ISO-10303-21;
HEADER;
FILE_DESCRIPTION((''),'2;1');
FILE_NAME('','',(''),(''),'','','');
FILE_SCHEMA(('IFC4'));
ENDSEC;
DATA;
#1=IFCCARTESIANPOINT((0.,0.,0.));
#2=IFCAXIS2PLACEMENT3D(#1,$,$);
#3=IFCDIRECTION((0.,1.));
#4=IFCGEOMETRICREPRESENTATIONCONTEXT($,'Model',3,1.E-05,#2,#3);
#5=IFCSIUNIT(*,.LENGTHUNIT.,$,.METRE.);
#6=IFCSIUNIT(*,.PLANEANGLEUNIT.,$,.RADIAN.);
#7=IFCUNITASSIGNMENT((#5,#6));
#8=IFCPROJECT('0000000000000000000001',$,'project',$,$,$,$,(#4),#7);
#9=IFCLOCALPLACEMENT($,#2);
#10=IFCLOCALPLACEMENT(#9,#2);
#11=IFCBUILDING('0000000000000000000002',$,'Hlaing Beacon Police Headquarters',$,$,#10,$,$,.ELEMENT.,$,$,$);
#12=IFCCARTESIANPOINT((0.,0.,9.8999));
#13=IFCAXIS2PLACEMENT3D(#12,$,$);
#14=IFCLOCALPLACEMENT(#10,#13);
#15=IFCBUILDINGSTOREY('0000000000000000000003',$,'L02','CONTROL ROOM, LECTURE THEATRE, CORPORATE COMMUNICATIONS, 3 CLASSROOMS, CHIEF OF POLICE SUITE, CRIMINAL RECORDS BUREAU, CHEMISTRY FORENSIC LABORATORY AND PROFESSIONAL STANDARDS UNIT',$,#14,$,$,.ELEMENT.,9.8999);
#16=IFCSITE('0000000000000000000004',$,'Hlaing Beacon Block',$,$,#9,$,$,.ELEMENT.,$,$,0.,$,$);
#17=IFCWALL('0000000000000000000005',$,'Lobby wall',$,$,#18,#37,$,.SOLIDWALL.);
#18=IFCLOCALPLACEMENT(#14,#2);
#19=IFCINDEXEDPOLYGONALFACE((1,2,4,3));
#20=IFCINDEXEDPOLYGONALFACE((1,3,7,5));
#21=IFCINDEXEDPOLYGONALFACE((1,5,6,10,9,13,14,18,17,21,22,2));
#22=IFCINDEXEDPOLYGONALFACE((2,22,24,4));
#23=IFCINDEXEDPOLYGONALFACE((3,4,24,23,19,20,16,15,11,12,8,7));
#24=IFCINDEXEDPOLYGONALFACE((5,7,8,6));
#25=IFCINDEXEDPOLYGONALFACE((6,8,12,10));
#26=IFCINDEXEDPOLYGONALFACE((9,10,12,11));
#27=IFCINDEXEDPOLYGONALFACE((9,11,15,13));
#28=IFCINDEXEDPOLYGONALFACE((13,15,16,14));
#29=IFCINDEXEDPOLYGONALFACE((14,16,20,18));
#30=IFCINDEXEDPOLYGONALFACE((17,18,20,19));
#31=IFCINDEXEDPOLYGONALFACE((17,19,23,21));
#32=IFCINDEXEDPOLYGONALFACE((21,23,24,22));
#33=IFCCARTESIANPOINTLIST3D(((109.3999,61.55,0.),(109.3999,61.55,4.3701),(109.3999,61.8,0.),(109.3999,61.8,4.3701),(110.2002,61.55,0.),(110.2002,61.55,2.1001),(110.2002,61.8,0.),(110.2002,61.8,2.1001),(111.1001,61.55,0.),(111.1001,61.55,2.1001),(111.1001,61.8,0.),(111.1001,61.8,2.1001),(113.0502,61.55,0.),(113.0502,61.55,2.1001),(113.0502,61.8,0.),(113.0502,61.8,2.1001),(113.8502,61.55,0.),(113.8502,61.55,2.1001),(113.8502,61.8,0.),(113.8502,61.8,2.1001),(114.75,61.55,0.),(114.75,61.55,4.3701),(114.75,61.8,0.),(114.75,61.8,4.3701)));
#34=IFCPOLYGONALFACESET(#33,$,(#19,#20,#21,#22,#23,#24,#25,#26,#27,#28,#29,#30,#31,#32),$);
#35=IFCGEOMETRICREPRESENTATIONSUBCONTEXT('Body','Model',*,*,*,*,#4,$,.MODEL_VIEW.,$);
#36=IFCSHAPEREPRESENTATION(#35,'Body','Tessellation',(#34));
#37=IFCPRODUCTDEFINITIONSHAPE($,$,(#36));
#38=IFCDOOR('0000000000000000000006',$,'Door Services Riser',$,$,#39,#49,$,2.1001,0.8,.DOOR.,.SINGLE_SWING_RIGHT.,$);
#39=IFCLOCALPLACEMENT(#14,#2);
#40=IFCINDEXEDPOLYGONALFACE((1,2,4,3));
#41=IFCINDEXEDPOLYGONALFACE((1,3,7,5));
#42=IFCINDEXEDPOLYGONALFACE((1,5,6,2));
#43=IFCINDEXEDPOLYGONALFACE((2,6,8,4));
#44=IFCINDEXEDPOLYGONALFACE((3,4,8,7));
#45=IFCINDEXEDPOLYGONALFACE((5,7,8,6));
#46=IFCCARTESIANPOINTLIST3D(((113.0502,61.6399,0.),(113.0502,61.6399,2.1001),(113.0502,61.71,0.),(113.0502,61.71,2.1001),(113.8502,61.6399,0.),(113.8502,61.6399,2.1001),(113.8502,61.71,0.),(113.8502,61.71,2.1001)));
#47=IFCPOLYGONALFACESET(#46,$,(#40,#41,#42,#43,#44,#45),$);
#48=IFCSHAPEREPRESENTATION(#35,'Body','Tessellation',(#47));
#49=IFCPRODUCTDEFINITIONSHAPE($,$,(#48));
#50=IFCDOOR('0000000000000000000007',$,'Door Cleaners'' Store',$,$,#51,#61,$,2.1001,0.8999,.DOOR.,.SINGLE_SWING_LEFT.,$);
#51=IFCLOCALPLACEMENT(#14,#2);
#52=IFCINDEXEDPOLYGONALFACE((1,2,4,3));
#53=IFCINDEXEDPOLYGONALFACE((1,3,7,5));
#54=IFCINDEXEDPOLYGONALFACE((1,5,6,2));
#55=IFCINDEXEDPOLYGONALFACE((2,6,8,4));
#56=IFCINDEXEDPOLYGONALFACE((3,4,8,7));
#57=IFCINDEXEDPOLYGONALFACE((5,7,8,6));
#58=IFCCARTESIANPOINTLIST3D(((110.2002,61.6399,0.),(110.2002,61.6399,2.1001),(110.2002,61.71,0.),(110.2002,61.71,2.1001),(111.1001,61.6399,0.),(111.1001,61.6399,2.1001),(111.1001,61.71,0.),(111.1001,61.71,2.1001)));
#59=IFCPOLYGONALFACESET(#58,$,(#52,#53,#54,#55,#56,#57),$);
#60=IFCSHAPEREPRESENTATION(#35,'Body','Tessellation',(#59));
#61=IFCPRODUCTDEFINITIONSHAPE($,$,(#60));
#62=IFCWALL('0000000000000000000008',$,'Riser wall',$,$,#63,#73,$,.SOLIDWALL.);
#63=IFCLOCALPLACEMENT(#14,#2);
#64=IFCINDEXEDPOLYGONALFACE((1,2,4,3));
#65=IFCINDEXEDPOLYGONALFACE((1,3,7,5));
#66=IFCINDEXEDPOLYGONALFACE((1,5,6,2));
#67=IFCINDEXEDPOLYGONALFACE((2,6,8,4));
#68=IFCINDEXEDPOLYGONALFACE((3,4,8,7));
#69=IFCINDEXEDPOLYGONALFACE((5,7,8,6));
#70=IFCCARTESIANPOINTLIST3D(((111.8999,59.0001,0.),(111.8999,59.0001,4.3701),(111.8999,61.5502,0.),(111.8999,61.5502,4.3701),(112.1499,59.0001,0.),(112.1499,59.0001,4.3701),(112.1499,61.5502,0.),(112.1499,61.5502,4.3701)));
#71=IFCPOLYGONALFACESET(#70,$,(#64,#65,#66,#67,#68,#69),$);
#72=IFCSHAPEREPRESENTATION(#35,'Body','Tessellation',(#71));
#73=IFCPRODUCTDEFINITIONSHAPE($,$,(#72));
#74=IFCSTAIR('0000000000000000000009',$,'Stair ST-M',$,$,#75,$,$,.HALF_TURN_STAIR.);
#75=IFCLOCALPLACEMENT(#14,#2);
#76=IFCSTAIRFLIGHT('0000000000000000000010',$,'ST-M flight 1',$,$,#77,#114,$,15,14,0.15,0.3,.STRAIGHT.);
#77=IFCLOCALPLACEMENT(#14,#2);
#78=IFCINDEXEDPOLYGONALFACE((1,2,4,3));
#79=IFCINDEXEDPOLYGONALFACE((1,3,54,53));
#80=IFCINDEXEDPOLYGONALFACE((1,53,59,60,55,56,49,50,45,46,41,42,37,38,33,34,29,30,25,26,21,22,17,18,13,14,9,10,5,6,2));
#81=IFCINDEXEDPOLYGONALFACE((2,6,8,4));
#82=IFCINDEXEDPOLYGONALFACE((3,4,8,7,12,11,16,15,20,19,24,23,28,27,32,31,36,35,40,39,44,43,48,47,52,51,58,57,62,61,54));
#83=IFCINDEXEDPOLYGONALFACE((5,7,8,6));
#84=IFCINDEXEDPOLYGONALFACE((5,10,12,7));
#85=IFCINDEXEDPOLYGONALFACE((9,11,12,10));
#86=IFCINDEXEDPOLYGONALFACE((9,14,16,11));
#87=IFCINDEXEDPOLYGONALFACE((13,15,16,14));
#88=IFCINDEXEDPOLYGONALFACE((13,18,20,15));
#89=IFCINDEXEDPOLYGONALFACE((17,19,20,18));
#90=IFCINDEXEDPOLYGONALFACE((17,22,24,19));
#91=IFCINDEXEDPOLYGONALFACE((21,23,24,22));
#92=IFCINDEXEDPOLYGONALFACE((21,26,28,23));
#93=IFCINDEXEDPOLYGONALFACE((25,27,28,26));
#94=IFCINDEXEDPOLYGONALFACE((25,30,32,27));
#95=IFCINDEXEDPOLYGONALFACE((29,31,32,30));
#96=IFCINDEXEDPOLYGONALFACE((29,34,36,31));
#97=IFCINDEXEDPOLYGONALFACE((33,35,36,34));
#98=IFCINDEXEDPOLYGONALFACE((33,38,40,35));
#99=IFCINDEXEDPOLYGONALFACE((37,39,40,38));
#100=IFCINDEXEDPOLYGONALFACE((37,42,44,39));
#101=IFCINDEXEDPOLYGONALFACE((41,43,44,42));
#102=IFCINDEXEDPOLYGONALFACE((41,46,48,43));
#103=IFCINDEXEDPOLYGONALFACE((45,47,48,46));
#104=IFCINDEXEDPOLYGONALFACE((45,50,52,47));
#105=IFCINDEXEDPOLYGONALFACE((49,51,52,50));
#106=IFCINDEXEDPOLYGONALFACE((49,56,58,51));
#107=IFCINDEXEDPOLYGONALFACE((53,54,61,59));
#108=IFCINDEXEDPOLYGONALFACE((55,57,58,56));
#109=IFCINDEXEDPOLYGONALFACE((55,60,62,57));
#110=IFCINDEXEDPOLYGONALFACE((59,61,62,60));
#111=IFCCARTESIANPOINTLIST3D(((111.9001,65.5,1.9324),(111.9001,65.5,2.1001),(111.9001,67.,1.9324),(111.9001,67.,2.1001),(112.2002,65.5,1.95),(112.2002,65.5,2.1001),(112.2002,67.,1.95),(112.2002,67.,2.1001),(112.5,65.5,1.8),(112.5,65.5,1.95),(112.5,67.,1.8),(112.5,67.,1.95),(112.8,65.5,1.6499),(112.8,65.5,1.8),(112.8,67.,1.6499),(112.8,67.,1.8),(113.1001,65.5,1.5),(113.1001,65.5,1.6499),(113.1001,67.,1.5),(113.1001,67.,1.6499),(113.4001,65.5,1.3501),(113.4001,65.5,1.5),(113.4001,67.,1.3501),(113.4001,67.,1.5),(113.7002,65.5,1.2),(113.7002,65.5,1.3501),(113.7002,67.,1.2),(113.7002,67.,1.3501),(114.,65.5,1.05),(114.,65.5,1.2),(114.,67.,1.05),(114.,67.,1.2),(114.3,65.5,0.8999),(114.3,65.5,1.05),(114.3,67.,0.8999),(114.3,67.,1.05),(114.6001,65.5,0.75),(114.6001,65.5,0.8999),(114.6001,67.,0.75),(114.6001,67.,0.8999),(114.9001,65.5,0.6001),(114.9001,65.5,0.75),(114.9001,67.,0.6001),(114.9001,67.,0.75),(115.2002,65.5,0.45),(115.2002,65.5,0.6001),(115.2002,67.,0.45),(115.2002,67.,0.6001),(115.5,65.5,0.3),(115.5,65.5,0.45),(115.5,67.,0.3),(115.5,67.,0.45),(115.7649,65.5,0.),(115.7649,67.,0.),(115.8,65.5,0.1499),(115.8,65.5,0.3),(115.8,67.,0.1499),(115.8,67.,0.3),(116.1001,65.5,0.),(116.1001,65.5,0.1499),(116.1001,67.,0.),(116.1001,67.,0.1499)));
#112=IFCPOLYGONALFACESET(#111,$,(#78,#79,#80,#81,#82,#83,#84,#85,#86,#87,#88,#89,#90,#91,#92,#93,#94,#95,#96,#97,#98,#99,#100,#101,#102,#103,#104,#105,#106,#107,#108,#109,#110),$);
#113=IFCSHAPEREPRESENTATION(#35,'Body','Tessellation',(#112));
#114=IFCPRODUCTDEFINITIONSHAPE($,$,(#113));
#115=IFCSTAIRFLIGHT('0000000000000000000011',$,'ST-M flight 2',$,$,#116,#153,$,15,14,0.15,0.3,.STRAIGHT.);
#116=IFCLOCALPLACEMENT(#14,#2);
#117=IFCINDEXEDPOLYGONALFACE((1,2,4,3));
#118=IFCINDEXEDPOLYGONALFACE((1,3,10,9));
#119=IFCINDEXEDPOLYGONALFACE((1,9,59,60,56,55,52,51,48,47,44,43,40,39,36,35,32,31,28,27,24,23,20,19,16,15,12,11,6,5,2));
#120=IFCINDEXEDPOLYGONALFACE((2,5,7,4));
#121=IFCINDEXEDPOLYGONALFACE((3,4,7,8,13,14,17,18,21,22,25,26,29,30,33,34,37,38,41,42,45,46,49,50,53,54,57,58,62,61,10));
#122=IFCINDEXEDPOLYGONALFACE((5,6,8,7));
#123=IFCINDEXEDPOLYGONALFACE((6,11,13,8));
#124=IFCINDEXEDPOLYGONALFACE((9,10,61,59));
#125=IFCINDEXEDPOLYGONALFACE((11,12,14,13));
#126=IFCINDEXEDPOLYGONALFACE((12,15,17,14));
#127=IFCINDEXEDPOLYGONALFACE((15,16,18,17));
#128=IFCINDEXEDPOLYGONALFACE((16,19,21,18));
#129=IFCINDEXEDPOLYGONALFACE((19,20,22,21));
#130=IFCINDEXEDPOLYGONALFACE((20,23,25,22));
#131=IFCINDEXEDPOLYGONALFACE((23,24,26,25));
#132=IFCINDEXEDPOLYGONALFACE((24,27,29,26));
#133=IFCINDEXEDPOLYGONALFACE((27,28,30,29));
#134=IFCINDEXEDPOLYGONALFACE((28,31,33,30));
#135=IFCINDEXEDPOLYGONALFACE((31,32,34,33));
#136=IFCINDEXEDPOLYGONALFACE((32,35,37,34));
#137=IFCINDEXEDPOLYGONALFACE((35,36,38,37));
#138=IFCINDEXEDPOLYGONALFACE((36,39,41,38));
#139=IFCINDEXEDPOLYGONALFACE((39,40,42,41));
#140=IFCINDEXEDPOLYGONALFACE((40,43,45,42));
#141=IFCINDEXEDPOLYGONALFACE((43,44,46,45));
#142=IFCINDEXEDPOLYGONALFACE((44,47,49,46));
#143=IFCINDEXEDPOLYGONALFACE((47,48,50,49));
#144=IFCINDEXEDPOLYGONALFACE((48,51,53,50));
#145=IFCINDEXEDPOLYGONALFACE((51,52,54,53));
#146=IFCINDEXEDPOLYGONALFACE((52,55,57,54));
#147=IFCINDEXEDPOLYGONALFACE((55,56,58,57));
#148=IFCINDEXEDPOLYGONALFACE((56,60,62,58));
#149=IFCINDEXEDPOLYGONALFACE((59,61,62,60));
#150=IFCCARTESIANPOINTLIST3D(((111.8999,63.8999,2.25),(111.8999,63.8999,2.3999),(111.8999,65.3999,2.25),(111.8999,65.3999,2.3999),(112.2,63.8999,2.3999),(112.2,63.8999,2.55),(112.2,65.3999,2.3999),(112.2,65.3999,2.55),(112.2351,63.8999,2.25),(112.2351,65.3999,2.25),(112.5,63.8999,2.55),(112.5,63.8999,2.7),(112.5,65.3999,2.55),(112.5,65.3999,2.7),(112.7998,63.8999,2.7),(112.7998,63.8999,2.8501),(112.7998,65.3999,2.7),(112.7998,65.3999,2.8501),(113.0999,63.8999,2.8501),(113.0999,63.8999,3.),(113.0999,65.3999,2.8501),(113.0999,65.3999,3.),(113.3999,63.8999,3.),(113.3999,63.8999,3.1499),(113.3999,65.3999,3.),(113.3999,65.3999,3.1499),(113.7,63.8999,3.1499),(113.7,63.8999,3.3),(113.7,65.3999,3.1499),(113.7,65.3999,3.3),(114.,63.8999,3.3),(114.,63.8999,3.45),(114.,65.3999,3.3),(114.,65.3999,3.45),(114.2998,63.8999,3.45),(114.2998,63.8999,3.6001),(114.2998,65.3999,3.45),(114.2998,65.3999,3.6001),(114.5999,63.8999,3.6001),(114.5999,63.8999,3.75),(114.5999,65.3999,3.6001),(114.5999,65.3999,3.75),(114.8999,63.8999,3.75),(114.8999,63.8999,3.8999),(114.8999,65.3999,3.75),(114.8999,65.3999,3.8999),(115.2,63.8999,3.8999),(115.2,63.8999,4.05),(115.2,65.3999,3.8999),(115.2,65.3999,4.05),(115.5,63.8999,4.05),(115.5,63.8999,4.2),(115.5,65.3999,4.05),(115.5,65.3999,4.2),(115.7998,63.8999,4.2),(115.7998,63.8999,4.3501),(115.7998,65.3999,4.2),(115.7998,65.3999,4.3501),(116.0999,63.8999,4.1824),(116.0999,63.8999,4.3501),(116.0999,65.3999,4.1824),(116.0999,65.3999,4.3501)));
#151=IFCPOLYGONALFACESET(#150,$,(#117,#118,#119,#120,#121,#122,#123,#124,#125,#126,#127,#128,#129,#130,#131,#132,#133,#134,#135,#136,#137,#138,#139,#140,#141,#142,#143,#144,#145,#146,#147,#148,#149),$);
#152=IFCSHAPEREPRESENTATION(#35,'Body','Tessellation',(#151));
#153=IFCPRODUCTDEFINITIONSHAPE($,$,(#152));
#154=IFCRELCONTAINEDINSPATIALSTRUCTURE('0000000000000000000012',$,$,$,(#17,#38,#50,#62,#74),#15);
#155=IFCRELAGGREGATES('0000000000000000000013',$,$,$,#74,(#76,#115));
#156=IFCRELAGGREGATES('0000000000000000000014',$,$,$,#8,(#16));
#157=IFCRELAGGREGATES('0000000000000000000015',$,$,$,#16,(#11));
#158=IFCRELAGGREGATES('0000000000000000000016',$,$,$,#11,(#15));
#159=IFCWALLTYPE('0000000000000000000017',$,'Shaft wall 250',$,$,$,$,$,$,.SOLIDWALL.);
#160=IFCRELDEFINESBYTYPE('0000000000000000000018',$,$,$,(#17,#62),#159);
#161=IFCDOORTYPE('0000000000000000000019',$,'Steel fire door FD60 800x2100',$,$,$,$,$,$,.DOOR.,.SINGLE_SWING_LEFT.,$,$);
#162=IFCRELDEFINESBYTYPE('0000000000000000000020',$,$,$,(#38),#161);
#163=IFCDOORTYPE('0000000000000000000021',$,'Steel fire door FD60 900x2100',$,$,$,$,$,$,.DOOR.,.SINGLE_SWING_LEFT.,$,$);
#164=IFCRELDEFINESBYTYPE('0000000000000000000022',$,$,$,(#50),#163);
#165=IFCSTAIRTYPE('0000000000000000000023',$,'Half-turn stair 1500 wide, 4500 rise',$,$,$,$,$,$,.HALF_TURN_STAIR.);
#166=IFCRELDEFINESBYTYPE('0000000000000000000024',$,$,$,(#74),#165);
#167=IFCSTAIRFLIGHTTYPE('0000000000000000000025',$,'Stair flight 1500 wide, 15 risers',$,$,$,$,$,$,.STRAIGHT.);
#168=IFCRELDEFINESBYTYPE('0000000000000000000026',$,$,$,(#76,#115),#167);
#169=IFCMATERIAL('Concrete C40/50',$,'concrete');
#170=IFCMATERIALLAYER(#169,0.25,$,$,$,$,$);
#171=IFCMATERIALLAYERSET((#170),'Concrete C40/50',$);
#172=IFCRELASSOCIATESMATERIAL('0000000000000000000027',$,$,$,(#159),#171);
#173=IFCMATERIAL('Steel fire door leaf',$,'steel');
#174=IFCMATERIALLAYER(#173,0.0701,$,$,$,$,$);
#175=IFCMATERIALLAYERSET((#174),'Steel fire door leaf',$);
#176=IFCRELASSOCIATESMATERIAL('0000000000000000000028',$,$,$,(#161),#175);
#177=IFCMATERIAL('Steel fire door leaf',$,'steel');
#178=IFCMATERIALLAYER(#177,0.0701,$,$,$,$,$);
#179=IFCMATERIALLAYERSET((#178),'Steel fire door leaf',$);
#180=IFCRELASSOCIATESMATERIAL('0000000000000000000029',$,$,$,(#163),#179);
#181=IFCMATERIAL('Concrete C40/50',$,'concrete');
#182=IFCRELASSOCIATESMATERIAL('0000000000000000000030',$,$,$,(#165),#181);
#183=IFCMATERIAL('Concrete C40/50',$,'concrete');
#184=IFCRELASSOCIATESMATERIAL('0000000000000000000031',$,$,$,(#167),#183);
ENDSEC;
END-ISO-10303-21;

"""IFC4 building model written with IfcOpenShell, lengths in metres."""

from ifc_helpers import new_model, si_unit, direction, frame, frame_2d, origin, place, context, subcontext, project, spatial, polyline, rectangle, outline, extrude, material, layer, layer_set, type_object, element, fill, aggregate, save


model = new_model("IFC4")

# Units and contexts
model_context = context("Model", 3, precision=1e-05, world=origin(), true_north=direction((0.0, 1.0)))
body_context = subcontext(model_context, "Body", "Model", "MODEL_VIEW")
ifc_project = project(units=[si_unit("LENGTHUNIT", "METRE"), si_unit("PLANEANGLEUNIT", "RADIAN")], contexts=[model_context])

# Site, building, storey
site_placement = place(None, origin())
site = spatial("IfcSite", under=ifc_project, at=site_placement, Name="Hlaing Beacon Block", CompositionType="ELEMENT", RefElevation=0.0)
building_placement = place(site_placement, origin())
building = spatial("IfcBuilding", under=site, at=building_placement, Name="Hlaing Beacon Police Headquarters", CompositionType="ELEMENT")
storey_placement = place(building_placement, frame((0.0, 0.0, 9.8999)))
storey = spatial("IfcBuildingStorey", under=building, at=storey_placement, Name="L02", Description="CONTROL ROOM, LECTURE THEATRE, CORPORATE COMMUNICATIONS, 3 CLASSROOMS, CHIEF OF POLICE SUITE, CRIMINAL RECORDS BUREAU, CHEMISTRY FORENSIC LABORATORY AND PROFESSIONAL STANDARDS UNIT", CompositionType="ELEMENT", Elevation=9.8999)

# Shared definitions
ifc_material_1 = material(Name="Concrete C40/50", Category="concrete")
ifc_layer_1 = layer(ifc_material_1, 0.25)
ifc_layer_set_1 = layer_set([ifc_layer_1], Name="Concrete C40/50")
wall_type_1 = type_object("IfcWallType", Name="Shaft wall 250", PredefinedType="SOLIDWALL", material=ifc_layer_set_1)

# Wall, openings, doors
wall_1_placement = place(storey_placement, frame((114.75, 61.675, 0.0), z_axis=(0.0, 0.0, 1.0), x_axis=(-1.0, 0.0, 0.0)))
wall_1 = element("IfcWall", 1, at=wall_1_placement, inside=storey, type_object=wall_type_1, Name="Lobby wall", PredefinedType="SOLIDWALL", context=body_context, shape_type="SweptSolid", body=[
    extrude(rectangle(XDim=5.3501, YDim=0.25, at=frame_2d((2.675, 0.0))), origin(), (0.0, 0.0, 1.0), 4.3701),
])
opening_1_placement = place(wall_1_placement, frame((3.6499, 0.0, 0.0)))
opening_1 = element("IfcOpeningElement", 2, at=opening_1_placement, cuts=wall_1, PredefinedType="OPENING", context=body_context, shape_type="SweptSolid", body=[
    extrude(rectangle(XDim=0.8999, YDim=2.1001, at=frame_2d((0.45, 1.05))), frame((0.0, 0.135, 0.0), z_axis=(0.0, -1.0, 0.0), x_axis=(1.0, 0.0, 0.0)), (0.0, 0.0, 1.0), 0.27),
])
opening_2_placement = place(wall_1_placement, frame((0.8999, 0.0, 0.0)))
opening_2 = element("IfcOpeningElement", 3, at=opening_2_placement, cuts=wall_1, PredefinedType="OPENING", context=body_context, shape_type="SweptSolid", body=[
    extrude(rectangle(XDim=0.8, YDim=2.1001, at=frame_2d((0.3999, 1.05))), frame((0.0, 0.135, 0.0), z_axis=(0.0, -1.0, 0.0), x_axis=(1.0, 0.0, 0.0)), (0.0, 0.0, 1.0), 0.27),
])
ifc_material_2 = material(Name="Steel fire door leaf", Category="steel")
ifc_layer_2 = layer(ifc_material_2, 0.0701)
ifc_layer_set_2 = layer_set([ifc_layer_2], Name="Steel fire door leaf")
door_type_1 = type_object("IfcDoorType", Name="Steel fire door FD60 800x2100", OperationType="SINGLE_SWING_LEFT", PredefinedType="DOOR", material=ifc_layer_set_2)
door_1_placement = place(opening_2_placement, origin())
door_1 = element("IfcDoor", 4, at=door_1_placement, inside=storey, type_object=door_type_1, Name="Door Services Riser", OperationType="SINGLE_SWING_RIGHT", OverallHeight=2.1001, OverallWidth=0.8, PredefinedType="DOOR", context=body_context, shape_type="SweptSolid", body=[
    extrude(rectangle(XDim=0.8, YDim=2.1001, at=frame_2d((0.3999, 1.05))), frame((0.0, 0.0352, 0.0), z_axis=(0.0, -1.0, 0.0), x_axis=(1.0, 0.0, 0.0)), (0.0, 0.0, 1.0), 0.0701),
])
fill(opening_2, door_1)
ifc_material_3 = material(Name="Steel fire door leaf", Category="steel")
ifc_layer_3 = layer(ifc_material_3, 0.0701)
ifc_layer_set_3 = layer_set([ifc_layer_3], Name="Steel fire door leaf")
door_type_2 = type_object("IfcDoorType", Name="Steel fire door FD60 900x2100", OperationType="SINGLE_SWING_LEFT", PredefinedType="DOOR", material=ifc_layer_set_3)
door_2_placement = place(opening_1_placement, origin())
door_2 = element("IfcDoor", 5, at=door_2_placement, inside=storey, type_object=door_type_2, Name="Door Cleaners' Store", OperationType="SINGLE_SWING_LEFT", OverallHeight=2.1001, OverallWidth=0.8999, PredefinedType="DOOR", context=body_context, shape_type="SweptSolid", body=[
    extrude(rectangle(XDim=0.8999, YDim=2.1001, at=frame_2d((0.45, 1.05))), frame((0.0, 0.0352, 0.0), z_axis=(0.0, -1.0, 0.0), x_axis=(1.0, 0.0, 0.0)), (0.0, 0.0, 1.0), 0.0701),
])
fill(opening_1, door_2)

# Wall
wall_2_placement = place(storey_placement, frame((112.0249, 61.55, 0.0), z_axis=(0.0, 0.0, 1.0), x_axis=(0.0, -1.0, 0.0)))
element("IfcWall", 6, at=wall_2_placement, inside=storey, type_object=wall_type_1, Name="Riser wall", PredefinedType="SOLIDWALL", context=body_context, shape_type="SweptSolid", body=[
    extrude(rectangle(XDim=2.55, YDim=0.25, at=frame_2d((1.2749, 0.0))), origin(), (0.0, 0.0, 1.0), 4.3701),
])

# Stair, stair flights
ifc_material_4 = material(Name="Concrete C40/50", Category="concrete")
stair_type = type_object("IfcStairType", Name="Half-turn stair 1500 wide, 4500 rise", PredefinedType="HALF_TURN_STAIR", material=ifc_material_4)
stair_placement = place(storey_placement, origin())
stair = element("IfcStair", 7, at=stair_placement, inside=storey, type_object=stair_type, Name="Stair ST-M", PredefinedType="HALF_TURN_STAIR")
ifc_material_5 = material(Name="Concrete C40/50", Category="concrete")
stair_flight_type = type_object("IfcStairFlightType", Name="Stair flight 1500 wide, 15 risers", PredefinedType="STRAIGHT", material=ifc_material_5)
stair_flight_1_placement = place(storey_placement, frame((116.1001, 66.25, 0.0), z_axis=(0.0, 0.0, 1.0), x_axis=(-1.0, 0.0, 0.0)))
stair_flight_1 = element("IfcStairFlight", 8, at=stair_flight_1_placement, type_object=stair_flight_type, Name="ST-M flight 1", NumberOfRisers=15, NumberOfTreads=14, PredefinedType="STRAIGHT", RiserHeight=0.15, TreadLength=0.3, context=body_context, shape_type="SweptSolid", body=[
    extrude(outline(polyline([(0.0, 0.0), (0.0, 0.1499), (0.3, 0.1499), (0.3, 0.3), (0.6001, 0.3), (0.6001, 0.45), (0.8999, 0.45), (0.8999, 0.6001), (1.2, 0.6001), (1.2, 0.75), (1.5, 0.75), (1.5, 0.8999), (1.8, 0.8999), (1.8, 1.05), (2.1001, 1.05), (2.1001, 1.2), (2.3999, 1.2), (2.3999, 1.3501), (2.7, 1.3501), (2.7, 1.5), (3.0, 1.5), (3.0, 1.6499), (3.3, 1.6499), (3.3, 1.8), (3.6001, 1.8), (3.6001, 1.95), (3.8999, 1.95), (3.8999, 2.1001), (4.2, 2.1001), (4.2, 2.25), (4.2, 1.9324), (0.3352, 0.0), (0.0, 0.0)])), frame((0.0, 0.75, 0.0), z_axis=(0.0, -1.0, 0.0), x_axis=(1.0, 0.0, 0.0)), (0.0, 0.0, 1.0), 1.5),
])
stair_flight_2_placement = place(storey_placement, frame((111.8999, 64.6499, 2.25), z_axis=(0.0, 0.0, 1.0), x_axis=(1.0, 0.0, 0.0)))
stair_flight_2 = element("IfcStairFlight", 9, at=stair_flight_2_placement, type_object=stair_flight_type, Name="ST-M flight 2", NumberOfRisers=15, NumberOfTreads=14, PredefinedType="STRAIGHT", RiserHeight=0.15, TreadLength=0.3, context=body_context, shape_type="SweptSolid", body=[
    extrude(outline(polyline([(0.0, 0.0), (0.0, 0.1499), (0.3, 0.1499), (0.3, 0.3), (0.6001, 0.3), (0.6001, 0.45), (0.8999, 0.45), (0.8999, 0.6001), (1.2, 0.6001), (1.2, 0.75), (1.5, 0.75), (1.5, 0.8999), (1.8, 0.8999), (1.8, 1.05), (2.1001, 1.05), (2.1001, 1.2), (2.3999, 1.2), (2.3999, 1.3501), (2.7, 1.3501), (2.7, 1.5), (3.0, 1.5), (3.0, 1.6499), (3.3, 1.6499), (3.3, 1.8), (3.6001, 1.8), (3.6001, 1.95), (3.8999, 1.95), (3.8999, 2.1001), (4.2, 2.1001), (4.2, 2.25), (4.2, 1.9324), (0.3352, 0.0), (0.0, 0.0)])), frame((0.0, 0.75, 0.0), z_axis=(0.0, -1.0, 0.0), x_axis=(1.0, 0.0, 0.0)), (0.0, 0.0, 1.0), 1.5),
])
aggregate(stair, [stair_flight_1, stair_flight_2])

save(model, "model.ifc")
